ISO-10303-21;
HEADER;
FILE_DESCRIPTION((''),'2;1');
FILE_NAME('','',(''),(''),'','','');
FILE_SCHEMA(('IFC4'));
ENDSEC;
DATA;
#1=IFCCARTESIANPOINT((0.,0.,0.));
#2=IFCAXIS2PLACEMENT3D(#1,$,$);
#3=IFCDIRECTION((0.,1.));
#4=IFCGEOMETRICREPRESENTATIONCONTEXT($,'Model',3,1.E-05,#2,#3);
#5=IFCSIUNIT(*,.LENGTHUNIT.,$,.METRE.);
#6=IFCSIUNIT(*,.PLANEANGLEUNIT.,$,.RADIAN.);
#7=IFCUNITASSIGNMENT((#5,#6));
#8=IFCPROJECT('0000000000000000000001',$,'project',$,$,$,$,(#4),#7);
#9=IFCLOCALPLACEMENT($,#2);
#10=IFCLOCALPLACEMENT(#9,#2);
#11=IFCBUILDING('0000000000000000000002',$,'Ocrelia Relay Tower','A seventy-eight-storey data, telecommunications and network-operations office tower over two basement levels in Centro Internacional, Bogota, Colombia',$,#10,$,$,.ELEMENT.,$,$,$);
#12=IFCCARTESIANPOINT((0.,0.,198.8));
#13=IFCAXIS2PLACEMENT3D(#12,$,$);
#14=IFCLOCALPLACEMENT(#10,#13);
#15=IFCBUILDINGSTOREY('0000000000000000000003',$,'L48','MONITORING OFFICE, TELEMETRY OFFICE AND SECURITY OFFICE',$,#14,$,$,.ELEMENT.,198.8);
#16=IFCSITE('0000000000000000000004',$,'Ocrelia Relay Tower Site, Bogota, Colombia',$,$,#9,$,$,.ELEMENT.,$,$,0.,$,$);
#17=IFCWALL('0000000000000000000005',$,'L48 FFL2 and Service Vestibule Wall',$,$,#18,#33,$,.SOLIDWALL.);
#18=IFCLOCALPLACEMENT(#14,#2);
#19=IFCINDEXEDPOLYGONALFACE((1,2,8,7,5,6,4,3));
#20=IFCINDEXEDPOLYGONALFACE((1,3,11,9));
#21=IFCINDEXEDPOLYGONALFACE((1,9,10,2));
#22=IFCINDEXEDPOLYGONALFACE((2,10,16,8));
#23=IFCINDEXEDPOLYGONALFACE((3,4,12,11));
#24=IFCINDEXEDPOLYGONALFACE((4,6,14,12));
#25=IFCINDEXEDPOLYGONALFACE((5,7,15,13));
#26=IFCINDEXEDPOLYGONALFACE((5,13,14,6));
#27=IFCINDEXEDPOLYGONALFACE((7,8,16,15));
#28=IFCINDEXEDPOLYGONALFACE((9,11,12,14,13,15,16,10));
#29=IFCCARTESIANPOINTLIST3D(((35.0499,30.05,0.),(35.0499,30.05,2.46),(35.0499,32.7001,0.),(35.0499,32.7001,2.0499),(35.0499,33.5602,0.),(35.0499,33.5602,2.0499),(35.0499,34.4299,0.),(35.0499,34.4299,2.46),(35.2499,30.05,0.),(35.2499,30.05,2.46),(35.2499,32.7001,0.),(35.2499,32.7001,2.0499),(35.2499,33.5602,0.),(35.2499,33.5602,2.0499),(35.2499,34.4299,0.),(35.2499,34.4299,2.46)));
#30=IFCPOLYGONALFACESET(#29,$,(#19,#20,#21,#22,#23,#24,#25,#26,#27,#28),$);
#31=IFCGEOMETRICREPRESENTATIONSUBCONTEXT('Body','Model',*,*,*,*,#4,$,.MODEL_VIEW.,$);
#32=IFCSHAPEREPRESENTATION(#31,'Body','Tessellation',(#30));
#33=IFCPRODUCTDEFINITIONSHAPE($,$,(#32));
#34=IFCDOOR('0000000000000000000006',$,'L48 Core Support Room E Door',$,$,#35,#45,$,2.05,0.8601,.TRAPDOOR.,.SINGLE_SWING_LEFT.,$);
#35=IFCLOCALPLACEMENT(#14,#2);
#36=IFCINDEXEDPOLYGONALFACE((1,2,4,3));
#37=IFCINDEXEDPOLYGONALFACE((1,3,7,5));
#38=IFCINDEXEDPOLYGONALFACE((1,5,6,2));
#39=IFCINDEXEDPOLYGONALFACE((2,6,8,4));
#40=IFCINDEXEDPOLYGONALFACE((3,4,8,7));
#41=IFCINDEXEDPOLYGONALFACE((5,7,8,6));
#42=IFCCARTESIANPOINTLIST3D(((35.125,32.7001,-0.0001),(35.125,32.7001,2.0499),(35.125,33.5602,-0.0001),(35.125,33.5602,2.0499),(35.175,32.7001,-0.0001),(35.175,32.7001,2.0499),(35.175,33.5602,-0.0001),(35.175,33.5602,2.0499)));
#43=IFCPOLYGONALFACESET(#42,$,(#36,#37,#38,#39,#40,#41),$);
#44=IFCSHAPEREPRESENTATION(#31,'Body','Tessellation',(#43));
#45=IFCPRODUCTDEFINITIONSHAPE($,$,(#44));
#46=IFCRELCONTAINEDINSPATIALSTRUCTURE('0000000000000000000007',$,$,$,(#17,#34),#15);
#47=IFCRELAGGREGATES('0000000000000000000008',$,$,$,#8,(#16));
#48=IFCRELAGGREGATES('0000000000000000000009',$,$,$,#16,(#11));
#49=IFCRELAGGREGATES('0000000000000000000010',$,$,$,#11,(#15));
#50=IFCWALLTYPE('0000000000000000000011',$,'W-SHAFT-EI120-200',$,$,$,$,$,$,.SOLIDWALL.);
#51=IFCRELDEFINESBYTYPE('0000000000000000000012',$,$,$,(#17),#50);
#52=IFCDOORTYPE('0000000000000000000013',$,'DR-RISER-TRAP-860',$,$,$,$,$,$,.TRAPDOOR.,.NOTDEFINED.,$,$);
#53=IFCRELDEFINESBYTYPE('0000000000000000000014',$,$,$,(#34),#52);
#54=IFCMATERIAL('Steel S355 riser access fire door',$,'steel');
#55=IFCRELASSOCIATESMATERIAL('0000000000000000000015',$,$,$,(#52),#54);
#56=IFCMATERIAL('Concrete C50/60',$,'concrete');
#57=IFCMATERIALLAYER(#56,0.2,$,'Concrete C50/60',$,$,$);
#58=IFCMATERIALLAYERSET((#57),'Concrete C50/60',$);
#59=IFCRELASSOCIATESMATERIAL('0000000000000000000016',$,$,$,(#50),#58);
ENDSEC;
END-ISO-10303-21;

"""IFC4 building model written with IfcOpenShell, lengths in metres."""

from ifc_helpers import new_model, si_unit, direction, frame, frame_2d, origin, place, context, subcontext, project, spatial, rectangle, extrude, material, layer, layer_set, type_object, element, fill, save


model = new_model("IFC4")

# Units and contexts
model_context = context("Model", 3, precision=1e-05, world=origin(), true_north=direction((0.0, 1.0)))
body_context = subcontext(model_context, "Body", "Model", "MODEL_VIEW")
ifc_project = project(units=[si_unit("LENGTHUNIT", "METRE"), si_unit("PLANEANGLEUNIT", "RADIAN")], contexts=[model_context])

# Site, building, storey
site_placement = place(None, origin())
site = spatial("IfcSite", under=ifc_project, at=site_placement, Name="Ocrelia Relay Tower Site, Bogota, Colombia", CompositionType="ELEMENT", RefElevation=0.0)
building_placement = place(site_placement, origin())
building = spatial("IfcBuilding", under=site, at=building_placement, Name="Ocrelia Relay Tower", Description="A seventy-eight-storey data, telecommunications and network-operations office tower over two basement levels in Centro Internacional, Bogota, Colombia", CompositionType="ELEMENT")
storey_placement = place(building_placement, frame((0.0, 0.0, 198.8)))
storey = spatial("IfcBuildingStorey", under=building, at=storey_placement, Name="L48", Description="MONITORING OFFICE, TELEMETRY OFFICE AND SECURITY OFFICE", CompositionType="ELEMENT", Elevation=198.8)

# Shared definitions
ifc_material_1 = material(Name="Concrete C50/60", Category="concrete")

# Shared definitions
ifc_material_2 = material(Name="Steel S355 riser access fire door", Category="steel")
door_type_1 = type_object("IfcDoorType", Name="DR-RISER-TRAP-860", OperationType="NOTDEFINED", PredefinedType="TRAPDOOR", material=ifc_material_2)

# Shared definitions
ifc_layer_1 = layer(ifc_material_1, 0.2, Name="Concrete C50/60")
ifc_layer_set_1 = layer_set([ifc_layer_1], Name="Concrete C50/60")
wall_type_1 = type_object("IfcWallType", Name="W-SHAFT-EI120-200", PredefinedType="SOLIDWALL", material=ifc_layer_set_1)

# Wall, opening, door
wall_1_placement = place(storey_placement, frame((35.1499, 30.05, 0.0), z_axis=(0.0, 0.0, 1.0), x_axis=(0.0, 1.0, 0.0)))
wall_1 = element("IfcWall", 1, at=wall_1_placement, inside=storey, type_object=wall_type_1, Name="L48 FFL2 and Service Vestibule Wall", PredefinedType="SOLIDWALL", context=body_context, shape_type="SweptSolid", body=[
    extrude(rectangle(XDim=4.3799, YDim=0.2, at=frame_2d((2.1899, 0.0))), origin(), (0.0, 0.0, 1.0), 2.46),
])
opening_1_placement = place(wall_1_placement, frame((2.6499, 0.0, 0.0)))
opening_1 = element("IfcOpeningElement", 2, at=opening_1_placement, cuts=wall_1, PredefinedType="OPENING", context=body_context, shape_type="SweptSolid", body=[
    extrude(rectangle(XDim=0.8601, YDim=2.05, at=frame_2d((0.4302, 1.0249))), frame((0.0, 0.1099, 0.0), z_axis=(0.0, -1.0, 0.0), x_axis=(1.0, 0.0, 0.0)), (0.0, 0.0, 1.0), 0.22),
])
door_1_placement = place(opening_1_placement, origin())
door_1 = element("IfcDoor", 3, at=door_1_placement, inside=storey, type_object=door_type_1, Name="L48 Core Support Room E Door", OperationType="SINGLE_SWING_LEFT", OverallHeight=2.05, OverallWidth=0.8601, PredefinedType="TRAPDOOR", context=body_context, shape_type="SweptSolid", body=[
    extrude(rectangle(XDim=0.8601, YDim=2.05, at=frame_2d((0.4302, 1.0249))), frame((0.0, 0.0249, 0.0), z_axis=(0.0, -1.0, 0.0), x_axis=(1.0, 0.0, 0.0)), (0.0, 0.0, 1.0), 0.05),
])
fill(opening_1, door_1)

save(model, "model.ifc")
